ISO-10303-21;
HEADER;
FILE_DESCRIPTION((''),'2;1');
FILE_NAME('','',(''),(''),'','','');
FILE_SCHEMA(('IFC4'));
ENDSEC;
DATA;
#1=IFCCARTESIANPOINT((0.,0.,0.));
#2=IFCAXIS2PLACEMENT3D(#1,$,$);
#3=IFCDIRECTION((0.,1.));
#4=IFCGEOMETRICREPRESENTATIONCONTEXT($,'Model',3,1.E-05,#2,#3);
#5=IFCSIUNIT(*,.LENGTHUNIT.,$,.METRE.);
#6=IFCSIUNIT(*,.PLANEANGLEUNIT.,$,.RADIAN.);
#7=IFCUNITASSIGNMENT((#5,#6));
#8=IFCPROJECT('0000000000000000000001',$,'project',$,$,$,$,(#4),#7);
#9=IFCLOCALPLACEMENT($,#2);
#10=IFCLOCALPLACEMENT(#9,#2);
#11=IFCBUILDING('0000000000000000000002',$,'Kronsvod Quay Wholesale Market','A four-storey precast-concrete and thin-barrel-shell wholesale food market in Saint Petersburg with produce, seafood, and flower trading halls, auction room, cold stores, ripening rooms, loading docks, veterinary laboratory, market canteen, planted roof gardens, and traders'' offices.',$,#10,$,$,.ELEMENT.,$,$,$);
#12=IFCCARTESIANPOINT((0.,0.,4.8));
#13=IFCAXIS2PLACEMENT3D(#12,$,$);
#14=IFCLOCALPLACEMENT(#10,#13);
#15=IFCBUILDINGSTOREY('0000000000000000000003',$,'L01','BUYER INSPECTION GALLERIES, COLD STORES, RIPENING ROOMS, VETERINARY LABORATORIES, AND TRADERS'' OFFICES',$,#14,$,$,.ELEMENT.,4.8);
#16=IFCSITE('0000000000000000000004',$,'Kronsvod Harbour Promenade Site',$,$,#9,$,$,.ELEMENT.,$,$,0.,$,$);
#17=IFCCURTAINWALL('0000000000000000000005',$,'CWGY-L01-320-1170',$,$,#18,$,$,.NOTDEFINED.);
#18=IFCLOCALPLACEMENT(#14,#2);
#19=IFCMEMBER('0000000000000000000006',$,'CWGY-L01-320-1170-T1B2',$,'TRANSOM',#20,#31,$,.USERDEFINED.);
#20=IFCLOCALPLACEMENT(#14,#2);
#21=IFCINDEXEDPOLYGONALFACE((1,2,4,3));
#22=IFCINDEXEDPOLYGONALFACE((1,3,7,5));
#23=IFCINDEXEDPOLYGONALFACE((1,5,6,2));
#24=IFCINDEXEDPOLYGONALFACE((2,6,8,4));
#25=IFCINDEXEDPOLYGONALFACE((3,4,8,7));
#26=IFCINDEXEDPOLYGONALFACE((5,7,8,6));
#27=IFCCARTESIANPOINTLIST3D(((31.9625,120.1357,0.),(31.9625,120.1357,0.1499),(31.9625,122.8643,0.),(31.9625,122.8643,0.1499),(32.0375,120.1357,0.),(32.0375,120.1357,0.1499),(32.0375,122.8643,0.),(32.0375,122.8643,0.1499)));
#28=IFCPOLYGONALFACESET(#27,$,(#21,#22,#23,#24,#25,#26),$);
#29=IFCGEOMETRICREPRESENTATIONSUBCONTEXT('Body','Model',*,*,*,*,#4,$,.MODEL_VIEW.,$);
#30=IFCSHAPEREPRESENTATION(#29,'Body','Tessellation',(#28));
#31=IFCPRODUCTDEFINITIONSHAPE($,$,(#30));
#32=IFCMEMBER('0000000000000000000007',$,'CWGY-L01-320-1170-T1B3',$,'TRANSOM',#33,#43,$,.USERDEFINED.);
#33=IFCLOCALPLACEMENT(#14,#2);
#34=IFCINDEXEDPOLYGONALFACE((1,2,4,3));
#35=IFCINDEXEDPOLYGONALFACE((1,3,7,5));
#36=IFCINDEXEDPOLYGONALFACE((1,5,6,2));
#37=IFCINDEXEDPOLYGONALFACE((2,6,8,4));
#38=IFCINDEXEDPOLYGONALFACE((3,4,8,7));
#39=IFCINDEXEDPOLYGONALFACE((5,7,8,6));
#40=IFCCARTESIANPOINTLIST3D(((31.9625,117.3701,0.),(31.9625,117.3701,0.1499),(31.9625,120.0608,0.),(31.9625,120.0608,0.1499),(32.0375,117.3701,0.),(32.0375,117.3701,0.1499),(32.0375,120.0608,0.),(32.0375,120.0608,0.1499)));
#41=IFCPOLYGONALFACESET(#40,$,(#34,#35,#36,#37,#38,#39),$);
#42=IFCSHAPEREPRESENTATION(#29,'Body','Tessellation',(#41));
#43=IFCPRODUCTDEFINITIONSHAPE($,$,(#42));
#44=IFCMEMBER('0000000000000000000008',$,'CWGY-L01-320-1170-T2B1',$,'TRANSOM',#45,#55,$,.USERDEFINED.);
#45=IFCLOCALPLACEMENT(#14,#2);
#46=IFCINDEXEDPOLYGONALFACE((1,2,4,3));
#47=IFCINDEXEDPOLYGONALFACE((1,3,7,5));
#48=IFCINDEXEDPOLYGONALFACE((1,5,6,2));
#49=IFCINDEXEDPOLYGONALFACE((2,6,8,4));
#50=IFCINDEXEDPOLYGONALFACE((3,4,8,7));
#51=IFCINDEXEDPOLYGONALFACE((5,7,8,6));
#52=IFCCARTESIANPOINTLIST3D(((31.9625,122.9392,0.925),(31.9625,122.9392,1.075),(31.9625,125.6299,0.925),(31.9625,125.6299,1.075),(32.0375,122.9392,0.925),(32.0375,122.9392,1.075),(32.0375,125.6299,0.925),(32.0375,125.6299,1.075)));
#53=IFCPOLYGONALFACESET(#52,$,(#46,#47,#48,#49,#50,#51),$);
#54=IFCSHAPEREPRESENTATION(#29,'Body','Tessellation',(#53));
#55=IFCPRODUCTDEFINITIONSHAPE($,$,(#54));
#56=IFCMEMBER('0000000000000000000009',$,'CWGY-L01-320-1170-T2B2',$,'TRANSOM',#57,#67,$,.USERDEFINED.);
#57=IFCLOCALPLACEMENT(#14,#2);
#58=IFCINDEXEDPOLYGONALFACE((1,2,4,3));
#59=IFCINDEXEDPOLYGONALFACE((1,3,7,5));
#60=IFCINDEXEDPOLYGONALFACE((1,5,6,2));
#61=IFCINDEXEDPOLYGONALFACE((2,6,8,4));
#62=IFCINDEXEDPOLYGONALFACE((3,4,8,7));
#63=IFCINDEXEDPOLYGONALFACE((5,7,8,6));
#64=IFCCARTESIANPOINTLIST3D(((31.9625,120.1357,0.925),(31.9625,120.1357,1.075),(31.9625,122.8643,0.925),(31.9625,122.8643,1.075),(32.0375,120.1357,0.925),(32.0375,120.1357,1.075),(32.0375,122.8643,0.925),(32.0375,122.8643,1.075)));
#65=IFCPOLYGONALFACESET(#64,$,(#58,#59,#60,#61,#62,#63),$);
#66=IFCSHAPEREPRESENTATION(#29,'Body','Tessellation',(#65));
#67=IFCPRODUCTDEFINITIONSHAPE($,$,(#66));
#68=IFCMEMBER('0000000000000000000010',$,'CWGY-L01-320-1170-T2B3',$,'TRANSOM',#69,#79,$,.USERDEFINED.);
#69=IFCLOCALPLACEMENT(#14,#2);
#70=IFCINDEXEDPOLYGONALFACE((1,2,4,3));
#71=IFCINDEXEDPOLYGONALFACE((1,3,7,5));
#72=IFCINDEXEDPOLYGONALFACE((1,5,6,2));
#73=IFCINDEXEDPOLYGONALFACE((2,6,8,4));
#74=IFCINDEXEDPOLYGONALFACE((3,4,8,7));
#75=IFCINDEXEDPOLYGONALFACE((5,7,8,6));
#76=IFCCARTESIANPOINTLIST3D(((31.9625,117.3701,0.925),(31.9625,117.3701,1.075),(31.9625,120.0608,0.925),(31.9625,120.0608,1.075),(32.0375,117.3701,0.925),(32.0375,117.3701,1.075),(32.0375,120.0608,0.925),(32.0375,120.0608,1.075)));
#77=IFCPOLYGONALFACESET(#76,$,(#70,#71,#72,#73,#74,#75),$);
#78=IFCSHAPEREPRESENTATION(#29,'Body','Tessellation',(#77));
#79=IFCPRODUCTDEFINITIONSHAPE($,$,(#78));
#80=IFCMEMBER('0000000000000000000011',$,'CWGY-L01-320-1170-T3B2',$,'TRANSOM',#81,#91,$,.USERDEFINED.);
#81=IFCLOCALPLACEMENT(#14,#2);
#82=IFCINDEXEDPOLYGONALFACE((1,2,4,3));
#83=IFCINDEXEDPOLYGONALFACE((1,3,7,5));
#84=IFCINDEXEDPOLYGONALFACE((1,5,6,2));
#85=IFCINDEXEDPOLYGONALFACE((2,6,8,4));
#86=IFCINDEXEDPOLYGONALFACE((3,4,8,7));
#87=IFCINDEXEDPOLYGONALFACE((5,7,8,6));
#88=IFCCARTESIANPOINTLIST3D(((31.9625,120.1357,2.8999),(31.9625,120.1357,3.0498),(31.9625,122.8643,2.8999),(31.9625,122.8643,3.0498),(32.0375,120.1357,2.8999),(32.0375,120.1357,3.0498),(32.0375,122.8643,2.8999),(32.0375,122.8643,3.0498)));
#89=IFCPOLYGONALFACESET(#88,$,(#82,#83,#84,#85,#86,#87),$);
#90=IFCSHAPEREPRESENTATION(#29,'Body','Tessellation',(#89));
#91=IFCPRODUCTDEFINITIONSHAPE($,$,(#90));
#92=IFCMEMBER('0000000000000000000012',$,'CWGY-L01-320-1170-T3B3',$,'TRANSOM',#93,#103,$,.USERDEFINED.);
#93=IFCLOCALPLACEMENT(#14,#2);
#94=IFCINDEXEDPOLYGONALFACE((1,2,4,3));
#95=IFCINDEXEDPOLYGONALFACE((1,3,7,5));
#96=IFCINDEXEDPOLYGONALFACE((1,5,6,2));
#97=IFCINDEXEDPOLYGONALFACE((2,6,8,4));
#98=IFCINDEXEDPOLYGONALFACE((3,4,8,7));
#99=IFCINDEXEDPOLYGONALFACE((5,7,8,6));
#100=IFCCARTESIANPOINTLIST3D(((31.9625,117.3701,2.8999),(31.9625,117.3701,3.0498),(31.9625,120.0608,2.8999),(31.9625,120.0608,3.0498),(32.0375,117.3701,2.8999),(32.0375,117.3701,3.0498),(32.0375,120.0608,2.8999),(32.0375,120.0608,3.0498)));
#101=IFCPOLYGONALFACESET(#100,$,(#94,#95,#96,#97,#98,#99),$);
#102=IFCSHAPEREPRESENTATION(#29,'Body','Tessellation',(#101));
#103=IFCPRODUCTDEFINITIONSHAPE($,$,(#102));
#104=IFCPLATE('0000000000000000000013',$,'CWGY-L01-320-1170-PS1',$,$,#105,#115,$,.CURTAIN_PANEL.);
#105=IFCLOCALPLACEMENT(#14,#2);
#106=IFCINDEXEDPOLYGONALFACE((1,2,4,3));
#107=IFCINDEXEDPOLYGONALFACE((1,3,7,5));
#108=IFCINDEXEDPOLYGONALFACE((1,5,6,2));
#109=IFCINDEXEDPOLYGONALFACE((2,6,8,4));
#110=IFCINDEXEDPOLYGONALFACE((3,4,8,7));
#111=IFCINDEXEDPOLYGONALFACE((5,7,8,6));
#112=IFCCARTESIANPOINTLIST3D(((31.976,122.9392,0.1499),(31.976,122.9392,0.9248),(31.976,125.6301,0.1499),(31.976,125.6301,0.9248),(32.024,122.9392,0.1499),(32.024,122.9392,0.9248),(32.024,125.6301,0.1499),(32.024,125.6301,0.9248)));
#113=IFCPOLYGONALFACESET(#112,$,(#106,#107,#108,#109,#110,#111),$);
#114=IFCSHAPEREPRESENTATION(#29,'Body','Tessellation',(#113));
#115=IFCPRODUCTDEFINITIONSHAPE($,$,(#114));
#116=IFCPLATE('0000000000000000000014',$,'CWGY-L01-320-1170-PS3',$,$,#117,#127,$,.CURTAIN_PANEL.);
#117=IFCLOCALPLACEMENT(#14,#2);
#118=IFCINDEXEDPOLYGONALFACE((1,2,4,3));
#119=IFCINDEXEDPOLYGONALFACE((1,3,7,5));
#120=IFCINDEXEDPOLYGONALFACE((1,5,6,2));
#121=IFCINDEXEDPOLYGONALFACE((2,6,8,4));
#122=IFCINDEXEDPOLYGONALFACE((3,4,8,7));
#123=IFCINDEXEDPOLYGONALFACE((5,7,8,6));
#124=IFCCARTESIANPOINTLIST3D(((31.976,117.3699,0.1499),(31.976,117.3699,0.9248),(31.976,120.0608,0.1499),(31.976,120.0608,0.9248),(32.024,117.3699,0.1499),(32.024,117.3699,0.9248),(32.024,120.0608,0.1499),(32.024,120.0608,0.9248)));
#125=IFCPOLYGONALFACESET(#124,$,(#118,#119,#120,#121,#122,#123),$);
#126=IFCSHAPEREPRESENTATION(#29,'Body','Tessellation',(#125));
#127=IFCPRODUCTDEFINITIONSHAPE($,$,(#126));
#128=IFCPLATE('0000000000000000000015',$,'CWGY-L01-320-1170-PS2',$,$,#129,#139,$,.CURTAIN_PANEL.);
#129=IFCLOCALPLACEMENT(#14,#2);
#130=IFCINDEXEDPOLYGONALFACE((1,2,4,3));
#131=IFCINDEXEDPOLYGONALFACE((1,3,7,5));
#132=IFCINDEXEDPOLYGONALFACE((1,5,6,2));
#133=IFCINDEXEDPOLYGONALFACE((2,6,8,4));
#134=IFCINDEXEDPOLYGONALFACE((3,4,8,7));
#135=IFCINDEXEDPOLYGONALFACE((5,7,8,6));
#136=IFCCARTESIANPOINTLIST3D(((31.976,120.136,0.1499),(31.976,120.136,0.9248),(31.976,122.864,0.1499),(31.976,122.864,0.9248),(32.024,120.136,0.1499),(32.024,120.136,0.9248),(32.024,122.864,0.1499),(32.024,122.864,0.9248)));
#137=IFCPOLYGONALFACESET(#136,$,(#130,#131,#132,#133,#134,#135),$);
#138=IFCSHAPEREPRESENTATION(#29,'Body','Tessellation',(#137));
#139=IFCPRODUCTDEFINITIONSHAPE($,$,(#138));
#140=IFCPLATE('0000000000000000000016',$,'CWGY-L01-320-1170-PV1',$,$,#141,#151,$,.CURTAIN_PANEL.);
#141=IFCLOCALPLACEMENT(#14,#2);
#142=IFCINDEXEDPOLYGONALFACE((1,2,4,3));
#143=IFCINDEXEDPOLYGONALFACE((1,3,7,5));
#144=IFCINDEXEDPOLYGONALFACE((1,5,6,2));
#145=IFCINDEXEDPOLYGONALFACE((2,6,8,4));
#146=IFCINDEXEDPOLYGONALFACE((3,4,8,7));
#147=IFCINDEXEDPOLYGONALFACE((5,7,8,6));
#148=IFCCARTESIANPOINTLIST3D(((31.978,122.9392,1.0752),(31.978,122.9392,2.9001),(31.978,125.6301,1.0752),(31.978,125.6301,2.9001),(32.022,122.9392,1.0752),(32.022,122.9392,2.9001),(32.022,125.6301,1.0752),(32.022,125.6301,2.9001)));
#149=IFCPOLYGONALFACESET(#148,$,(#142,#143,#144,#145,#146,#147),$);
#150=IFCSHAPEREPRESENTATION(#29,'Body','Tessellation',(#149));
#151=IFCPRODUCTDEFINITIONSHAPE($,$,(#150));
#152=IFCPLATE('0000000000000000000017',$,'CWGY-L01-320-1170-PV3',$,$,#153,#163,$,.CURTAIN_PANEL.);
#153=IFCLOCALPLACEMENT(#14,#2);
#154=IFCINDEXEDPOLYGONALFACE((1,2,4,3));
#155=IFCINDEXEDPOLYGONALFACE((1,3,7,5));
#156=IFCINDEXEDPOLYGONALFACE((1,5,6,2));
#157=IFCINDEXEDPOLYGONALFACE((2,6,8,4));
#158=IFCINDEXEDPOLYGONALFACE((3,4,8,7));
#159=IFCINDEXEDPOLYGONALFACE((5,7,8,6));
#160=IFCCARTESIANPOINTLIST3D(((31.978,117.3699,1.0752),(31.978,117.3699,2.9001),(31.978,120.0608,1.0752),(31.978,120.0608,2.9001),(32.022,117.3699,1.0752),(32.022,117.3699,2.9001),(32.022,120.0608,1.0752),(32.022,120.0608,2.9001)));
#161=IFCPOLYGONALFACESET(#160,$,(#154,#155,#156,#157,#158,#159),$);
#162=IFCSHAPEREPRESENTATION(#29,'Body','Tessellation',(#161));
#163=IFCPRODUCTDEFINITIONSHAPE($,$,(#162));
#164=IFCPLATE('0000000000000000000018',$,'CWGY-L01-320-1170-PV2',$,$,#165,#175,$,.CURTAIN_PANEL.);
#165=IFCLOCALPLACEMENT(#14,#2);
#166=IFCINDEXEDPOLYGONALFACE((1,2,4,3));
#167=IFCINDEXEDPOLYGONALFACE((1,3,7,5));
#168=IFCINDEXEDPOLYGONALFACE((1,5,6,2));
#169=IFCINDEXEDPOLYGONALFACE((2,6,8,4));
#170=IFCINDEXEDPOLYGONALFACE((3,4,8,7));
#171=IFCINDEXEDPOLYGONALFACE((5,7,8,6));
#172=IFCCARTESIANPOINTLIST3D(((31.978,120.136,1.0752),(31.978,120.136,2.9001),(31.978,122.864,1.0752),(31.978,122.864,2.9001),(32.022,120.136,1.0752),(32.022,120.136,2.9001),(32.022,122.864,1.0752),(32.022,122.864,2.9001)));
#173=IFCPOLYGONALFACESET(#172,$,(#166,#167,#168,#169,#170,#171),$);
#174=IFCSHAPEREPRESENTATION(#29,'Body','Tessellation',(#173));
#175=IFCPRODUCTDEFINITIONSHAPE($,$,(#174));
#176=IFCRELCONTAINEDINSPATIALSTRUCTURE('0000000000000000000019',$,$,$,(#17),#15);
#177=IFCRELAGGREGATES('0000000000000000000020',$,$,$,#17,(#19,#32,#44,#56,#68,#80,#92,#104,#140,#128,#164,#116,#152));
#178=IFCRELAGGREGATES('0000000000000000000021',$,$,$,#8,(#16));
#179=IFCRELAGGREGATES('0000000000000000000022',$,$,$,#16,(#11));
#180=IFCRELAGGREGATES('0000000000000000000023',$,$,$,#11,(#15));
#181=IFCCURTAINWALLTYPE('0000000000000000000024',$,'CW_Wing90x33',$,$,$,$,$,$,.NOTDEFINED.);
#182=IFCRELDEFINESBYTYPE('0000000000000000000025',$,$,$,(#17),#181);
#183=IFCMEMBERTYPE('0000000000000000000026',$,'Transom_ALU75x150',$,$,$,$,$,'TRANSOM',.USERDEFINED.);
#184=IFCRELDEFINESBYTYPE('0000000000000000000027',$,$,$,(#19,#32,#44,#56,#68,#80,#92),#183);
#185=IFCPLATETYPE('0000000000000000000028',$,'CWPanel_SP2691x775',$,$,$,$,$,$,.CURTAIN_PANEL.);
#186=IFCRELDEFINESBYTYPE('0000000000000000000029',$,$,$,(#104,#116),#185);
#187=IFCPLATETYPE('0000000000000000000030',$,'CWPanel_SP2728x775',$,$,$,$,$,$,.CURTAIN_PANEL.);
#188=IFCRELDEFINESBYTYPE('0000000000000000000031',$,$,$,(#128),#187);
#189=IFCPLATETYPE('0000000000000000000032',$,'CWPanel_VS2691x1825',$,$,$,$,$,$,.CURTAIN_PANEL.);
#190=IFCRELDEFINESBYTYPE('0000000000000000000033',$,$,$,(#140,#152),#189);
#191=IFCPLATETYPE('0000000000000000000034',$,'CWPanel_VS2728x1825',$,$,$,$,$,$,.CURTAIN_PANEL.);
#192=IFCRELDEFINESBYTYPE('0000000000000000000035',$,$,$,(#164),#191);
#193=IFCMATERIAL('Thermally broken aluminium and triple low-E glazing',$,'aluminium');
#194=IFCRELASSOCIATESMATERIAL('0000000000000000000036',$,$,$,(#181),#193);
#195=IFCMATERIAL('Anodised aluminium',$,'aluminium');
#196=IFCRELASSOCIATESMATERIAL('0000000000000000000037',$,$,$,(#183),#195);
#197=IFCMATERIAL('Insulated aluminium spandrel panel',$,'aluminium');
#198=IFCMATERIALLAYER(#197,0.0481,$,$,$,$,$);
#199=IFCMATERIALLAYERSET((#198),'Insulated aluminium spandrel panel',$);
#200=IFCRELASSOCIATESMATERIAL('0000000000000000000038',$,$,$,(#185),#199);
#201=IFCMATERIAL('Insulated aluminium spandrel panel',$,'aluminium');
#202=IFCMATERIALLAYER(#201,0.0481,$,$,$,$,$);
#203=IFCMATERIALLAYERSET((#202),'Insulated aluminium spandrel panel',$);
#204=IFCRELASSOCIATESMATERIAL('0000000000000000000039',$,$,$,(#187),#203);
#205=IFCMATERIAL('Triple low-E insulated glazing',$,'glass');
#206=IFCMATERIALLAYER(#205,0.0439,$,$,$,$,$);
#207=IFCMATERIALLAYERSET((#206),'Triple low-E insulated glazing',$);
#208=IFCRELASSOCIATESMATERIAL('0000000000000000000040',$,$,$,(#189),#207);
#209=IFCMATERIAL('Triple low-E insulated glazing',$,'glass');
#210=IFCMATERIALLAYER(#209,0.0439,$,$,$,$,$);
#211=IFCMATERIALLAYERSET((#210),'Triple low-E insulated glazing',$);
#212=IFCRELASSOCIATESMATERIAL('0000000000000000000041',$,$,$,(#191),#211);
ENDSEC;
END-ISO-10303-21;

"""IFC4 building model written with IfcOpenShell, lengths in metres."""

from ifc_helpers import new_model, si_unit, direction, frame, origin, origin_2d, place, context, subcontext, project, spatial, rectangle, extrude, material, layer, layer_set, material_profile, profile_set, type_object, element, aggregate, save


model = new_model("IFC4")

# Units and contexts
model_context = context("Model", 3, precision=1e-05, world=origin(), true_north=direction((0.0, 1.0)))
body_context = subcontext(model_context, "Body", "Model", "MODEL_VIEW")
ifc_project = project(units=[si_unit("LENGTHUNIT", "METRE"), si_unit("PLANEANGLEUNIT", "RADIAN")], contexts=[model_context])

# Site, building, storey
site_placement = place(None, origin())
site = spatial("IfcSite", under=ifc_project, at=site_placement, Name="Kronsvod Harbour Promenade Site", CompositionType="ELEMENT", RefElevation=0.0)
building_placement = place(site_placement, origin())
building = spatial("IfcBuilding", under=site, at=building_placement, Name="Kronsvod Quay Wholesale Market", Description="A four-storey precast-concrete and thin-barrel-shell wholesale food market in Saint Petersburg with produce, seafood, and flower trading halls, auction room, cold stores, ripening rooms, loading docks, veterinary laboratory, market canteen, planted roof gardens, and traders' offices.", CompositionType="ELEMENT")
storey_placement = place(building_placement, frame((0.0, 0.0, 4.8)))
storey = spatial("IfcBuildingStorey", under=building, at=storey_placement, Name="L01", Description="BUYER INSPECTION GALLERIES, COLD STORES, RIPENING ROOMS, VETERINARY LABORATORIES, AND TRADERS' OFFICES", CompositionType="ELEMENT", Elevation=4.8)

# Curtain wall, members, plates
ifc_material_1 = material(Name="Thermally broken aluminium and triple low-E glazing", Category="aluminium")
curtain_wall_type = type_object("IfcCurtainWallType", Name="CW_Wing90x33", PredefinedType="NOTDEFINED", material=ifc_material_1)
curtain_wall_placement = place(storey_placement, origin())
curtain_wall = element("IfcCurtainWall", 1, at=curtain_wall_placement, inside=storey, type_object=curtain_wall_type, Name="CWGY-L01-320-1170", PredefinedType="NOTDEFINED")
ifc_material_2 = material(Name="Anodised aluminium", Category="aluminium")
ifc_material_profile_1 = material_profile(ifc_material_2, rectangle(XDim=0.075, YDim=0.1499, at=origin_2d()), Name="ALUT75x150")
ifc_profile_set_1 = profile_set([ifc_material_profile_1], Name="Anodised aluminium")
member_type_1 = type_object("IfcMemberType", Name="Transom_ALU75x150", ElementType="TRANSOM", PredefinedType="USERDEFINED", material=ifc_profile_set_1)
member_1_placement = place(storey_placement, frame((32.0, 122.8643, 0.075), z_axis=(0.0, -1.0, 0.0), x_axis=(1.0, 0.0, 0.0)))
member_1 = element("IfcMember", 2, at=member_1_placement, type_object=member_type_1, Name="CWGY-L01-320-1170-T1B2", ObjectType="TRANSOM", PredefinedType="USERDEFINED", context=body_context, shape_type="SweptSolid", body=[
    extrude(rectangle(XDim=0.075, YDim=0.1499, at=origin_2d()), origin(), (0.0, 0.0, 1.0), 2.7285),
])
member_2_placement = place(storey_placement, frame((32.0, 120.0608, 0.075), z_axis=(0.0, -1.0, 0.0), x_axis=(1.0, 0.0, 0.0)))
member_2 = element("IfcMember", 3, at=member_2_placement, type_object=member_type_1, Name="CWGY-L01-320-1170-T1B3", ObjectType="TRANSOM", PredefinedType="USERDEFINED", context=body_context, shape_type="SweptSolid", body=[
    extrude(rectangle(XDim=0.075, YDim=0.1499, at=origin_2d()), origin(), (0.0, 0.0, 1.0), 2.6907),
])
member_3_placement = place(storey_placement, frame((32.0, 125.6299, 1.0), z_axis=(0.0, -1.0, 0.0), x_axis=(1.0, 0.0, 0.0)))
member_3 = element("IfcMember", 4, at=member_3_placement, type_object=member_type_1, Name="CWGY-L01-320-1170-T2B1", ObjectType="TRANSOM", PredefinedType="USERDEFINED", context=body_context, shape_type="SweptSolid", body=[
    extrude(rectangle(XDim=0.075, YDim=0.1499, at=origin_2d()), origin(), (0.0, 0.0, 1.0), 2.6907),
])
member_4_placement = place(storey_placement, frame((32.0, 122.8643, 1.0), z_axis=(0.0, -1.0, 0.0), x_axis=(1.0, 0.0, 0.0)))
member_4 = element("IfcMember", 5, at=member_4_placement, type_object=member_type_1, Name="CWGY-L01-320-1170-T2B2", ObjectType="TRANSOM", PredefinedType="USERDEFINED", context=body_context, shape_type="SweptSolid", body=[
    extrude(rectangle(XDim=0.075, YDim=0.1499, at=origin_2d()), origin(), (0.0, 0.0, 1.0), 2.7285),
])
member_5_placement = place(storey_placement, frame((32.0, 120.0608, 1.0), z_axis=(0.0, -1.0, 0.0), x_axis=(1.0, 0.0, 0.0)))
member_5 = element("IfcMember", 6, at=member_5_placement, type_object=member_type_1, Name="CWGY-L01-320-1170-T2B3", ObjectType="TRANSOM", PredefinedType="USERDEFINED", context=body_context, shape_type="SweptSolid", body=[
    extrude(rectangle(XDim=0.075, YDim=0.1499, at=origin_2d()), origin(), (0.0, 0.0, 1.0), 2.6907),
])
member_6_placement = place(storey_placement, frame((32.0, 122.8643, 2.9749), z_axis=(0.0, -1.0, 0.0), x_axis=(1.0, 0.0, 0.0)))
member_6 = element("IfcMember", 7, at=member_6_placement, type_object=member_type_1, Name="CWGY-L01-320-1170-T3B2", ObjectType="TRANSOM", PredefinedType="USERDEFINED", context=body_context, shape_type="SweptSolid", body=[
    extrude(rectangle(XDim=0.075, YDim=0.1499, at=origin_2d()), origin(), (0.0, 0.0, 1.0), 2.7285),
])
member_7_placement = place(storey_placement, frame((32.0, 120.0608, 2.9749), z_axis=(0.0, -1.0, 0.0), x_axis=(1.0, 0.0, 0.0)))
member_7 = element("IfcMember", 8, at=member_7_placement, type_object=member_type_1, Name="CWGY-L01-320-1170-T3B3", ObjectType="TRANSOM", PredefinedType="USERDEFINED", context=body_context, shape_type="SweptSolid", body=[
    extrude(rectangle(XDim=0.075, YDim=0.1499, at=origin_2d()), origin(), (0.0, 0.0, 1.0), 2.6907),
])
ifc_material_3 = material(Name="Insulated aluminium spandrel panel", Category="aluminium")
ifc_layer_1 = layer(ifc_material_3, 0.0481)
ifc_layer_set_1 = layer_set([ifc_layer_1], Name="Insulated aluminium spandrel panel")
plate_type_1 = type_object("IfcPlateType", Name="CWPanel_SP2691x775", PredefinedType="CURTAIN_PANEL", material=ifc_layer_set_1)
plate_1_placement = place(storey_placement, frame((32.0, 124.2847, 0.1499), z_axis=(0.0, 0.0, 1.0), x_axis=(0.0, -1.0, 0.0)))
plate_1 = element("IfcPlate", 9, at=plate_1_placement, type_object=plate_type_1, Name="CWGY-L01-320-1170-PS1", PredefinedType="CURTAIN_PANEL", context=body_context, shape_type="SweptSolid", body=[
    extrude(rectangle(XDim=2.6909, YDim=0.0481, at=origin_2d()), origin(), (0.0, 0.0, 1.0), 0.7749),
])
plate_2_placement = place(storey_placement, frame((32.0, 118.7153, 0.1499), z_axis=(0.0, 0.0, 1.0), x_axis=(0.0, -1.0, 0.0)))
plate_2 = element("IfcPlate", 10, at=plate_2_placement, type_object=plate_type_1, Name="CWGY-L01-320-1170-PS3", PredefinedType="CURTAIN_PANEL", context=body_context, shape_type="SweptSolid", body=[
    extrude(rectangle(XDim=2.6909, YDim=0.0481, at=origin_2d()), origin(), (0.0, 0.0, 1.0), 0.7749),
])
ifc_material_4 = material(Name="Insulated aluminium spandrel panel", Category="aluminium")
ifc_layer_2 = layer(ifc_material_4, 0.0481)
ifc_layer_set_2 = layer_set([ifc_layer_2], Name="Insulated aluminium spandrel panel")
plate_type_2 = type_object("IfcPlateType", Name="CWPanel_SP2728x775", PredefinedType="CURTAIN_PANEL", material=ifc_layer_set_2)
plate_3_placement = place(storey_placement, frame((32.0, 121.5, 0.1499), z_axis=(0.0, 0.0, 1.0), x_axis=(0.0, -1.0, 0.0)))
plate_3 = element("IfcPlate", 11, at=plate_3_placement, type_object=plate_type_2, Name="CWGY-L01-320-1170-PS2", PredefinedType="CURTAIN_PANEL", context=body_context, shape_type="SweptSolid", body=[
    extrude(rectangle(XDim=2.728, YDim=0.0481, at=origin_2d()), origin(), (0.0, 0.0, 1.0), 0.7749),
])
ifc_material_5 = material(Name="Triple low-E insulated glazing", Category="glass")
ifc_layer_3 = layer(ifc_material_5, 0.0439)
ifc_layer_set_3 = layer_set([ifc_layer_3], Name="Triple low-E insulated glazing")
plate_type_3 = type_object("IfcPlateType", Name="CWPanel_VS2691x1825", PredefinedType="CURTAIN_PANEL", material=ifc_layer_set_3)
plate_4_placement = place(storey_placement, frame((32.0, 124.2847, 1.0752), z_axis=(0.0, 0.0, 1.0), x_axis=(0.0, -1.0, 0.0)))
plate_4 = element("IfcPlate", 12, at=plate_4_placement, type_object=plate_type_3, Name="CWGY-L01-320-1170-PV1", PredefinedType="CURTAIN_PANEL", context=body_context, shape_type="SweptSolid", body=[
    extrude(rectangle(XDim=2.6909, YDim=0.0439, at=origin_2d()), origin(), (0.0, 0.0, 1.0), 1.825),
])
plate_5_placement = place(storey_placement, frame((32.0, 118.7153, 1.0752), z_axis=(0.0, 0.0, 1.0), x_axis=(0.0, -1.0, 0.0)))
plate_5 = element("IfcPlate", 13, at=plate_5_placement, type_object=plate_type_3, Name="CWGY-L01-320-1170-PV3", PredefinedType="CURTAIN_PANEL", context=body_context, shape_type="SweptSolid", body=[
    extrude(rectangle(XDim=2.6909, YDim=0.0439, at=origin_2d()), origin(), (0.0, 0.0, 1.0), 1.825),
])
ifc_material_6 = material(Name="Triple low-E insulated glazing", Category="glass")
ifc_layer_4 = layer(ifc_material_6, 0.0439)
ifc_layer_set_4 = layer_set([ifc_layer_4], Name="Triple low-E insulated glazing")
plate_type_4 = type_object("IfcPlateType", Name="CWPanel_VS2728x1825", PredefinedType="CURTAIN_PANEL", material=ifc_layer_set_4)
plate_6_placement = place(storey_placement, frame((32.0, 121.5, 1.0752), z_axis=(0.0, 0.0, 1.0), x_axis=(0.0, -1.0, 0.0)))
plate_6 = element("IfcPlate", 14, at=plate_6_placement, type_object=plate_type_4, Name="CWGY-L01-320-1170-PV2", PredefinedType="CURTAIN_PANEL", context=body_context, shape_type="SweptSolid", body=[
    extrude(rectangle(XDim=2.728, YDim=0.0439, at=origin_2d()), origin(), (0.0, 0.0, 1.0), 1.825),
])
aggregate(curtain_wall, [member_1, member_2, member_3, member_4, member_5, member_6, member_7, plate_1, plate_4, plate_3, plate_6, plate_2, plate_5])

save(model, "model.ifc")
